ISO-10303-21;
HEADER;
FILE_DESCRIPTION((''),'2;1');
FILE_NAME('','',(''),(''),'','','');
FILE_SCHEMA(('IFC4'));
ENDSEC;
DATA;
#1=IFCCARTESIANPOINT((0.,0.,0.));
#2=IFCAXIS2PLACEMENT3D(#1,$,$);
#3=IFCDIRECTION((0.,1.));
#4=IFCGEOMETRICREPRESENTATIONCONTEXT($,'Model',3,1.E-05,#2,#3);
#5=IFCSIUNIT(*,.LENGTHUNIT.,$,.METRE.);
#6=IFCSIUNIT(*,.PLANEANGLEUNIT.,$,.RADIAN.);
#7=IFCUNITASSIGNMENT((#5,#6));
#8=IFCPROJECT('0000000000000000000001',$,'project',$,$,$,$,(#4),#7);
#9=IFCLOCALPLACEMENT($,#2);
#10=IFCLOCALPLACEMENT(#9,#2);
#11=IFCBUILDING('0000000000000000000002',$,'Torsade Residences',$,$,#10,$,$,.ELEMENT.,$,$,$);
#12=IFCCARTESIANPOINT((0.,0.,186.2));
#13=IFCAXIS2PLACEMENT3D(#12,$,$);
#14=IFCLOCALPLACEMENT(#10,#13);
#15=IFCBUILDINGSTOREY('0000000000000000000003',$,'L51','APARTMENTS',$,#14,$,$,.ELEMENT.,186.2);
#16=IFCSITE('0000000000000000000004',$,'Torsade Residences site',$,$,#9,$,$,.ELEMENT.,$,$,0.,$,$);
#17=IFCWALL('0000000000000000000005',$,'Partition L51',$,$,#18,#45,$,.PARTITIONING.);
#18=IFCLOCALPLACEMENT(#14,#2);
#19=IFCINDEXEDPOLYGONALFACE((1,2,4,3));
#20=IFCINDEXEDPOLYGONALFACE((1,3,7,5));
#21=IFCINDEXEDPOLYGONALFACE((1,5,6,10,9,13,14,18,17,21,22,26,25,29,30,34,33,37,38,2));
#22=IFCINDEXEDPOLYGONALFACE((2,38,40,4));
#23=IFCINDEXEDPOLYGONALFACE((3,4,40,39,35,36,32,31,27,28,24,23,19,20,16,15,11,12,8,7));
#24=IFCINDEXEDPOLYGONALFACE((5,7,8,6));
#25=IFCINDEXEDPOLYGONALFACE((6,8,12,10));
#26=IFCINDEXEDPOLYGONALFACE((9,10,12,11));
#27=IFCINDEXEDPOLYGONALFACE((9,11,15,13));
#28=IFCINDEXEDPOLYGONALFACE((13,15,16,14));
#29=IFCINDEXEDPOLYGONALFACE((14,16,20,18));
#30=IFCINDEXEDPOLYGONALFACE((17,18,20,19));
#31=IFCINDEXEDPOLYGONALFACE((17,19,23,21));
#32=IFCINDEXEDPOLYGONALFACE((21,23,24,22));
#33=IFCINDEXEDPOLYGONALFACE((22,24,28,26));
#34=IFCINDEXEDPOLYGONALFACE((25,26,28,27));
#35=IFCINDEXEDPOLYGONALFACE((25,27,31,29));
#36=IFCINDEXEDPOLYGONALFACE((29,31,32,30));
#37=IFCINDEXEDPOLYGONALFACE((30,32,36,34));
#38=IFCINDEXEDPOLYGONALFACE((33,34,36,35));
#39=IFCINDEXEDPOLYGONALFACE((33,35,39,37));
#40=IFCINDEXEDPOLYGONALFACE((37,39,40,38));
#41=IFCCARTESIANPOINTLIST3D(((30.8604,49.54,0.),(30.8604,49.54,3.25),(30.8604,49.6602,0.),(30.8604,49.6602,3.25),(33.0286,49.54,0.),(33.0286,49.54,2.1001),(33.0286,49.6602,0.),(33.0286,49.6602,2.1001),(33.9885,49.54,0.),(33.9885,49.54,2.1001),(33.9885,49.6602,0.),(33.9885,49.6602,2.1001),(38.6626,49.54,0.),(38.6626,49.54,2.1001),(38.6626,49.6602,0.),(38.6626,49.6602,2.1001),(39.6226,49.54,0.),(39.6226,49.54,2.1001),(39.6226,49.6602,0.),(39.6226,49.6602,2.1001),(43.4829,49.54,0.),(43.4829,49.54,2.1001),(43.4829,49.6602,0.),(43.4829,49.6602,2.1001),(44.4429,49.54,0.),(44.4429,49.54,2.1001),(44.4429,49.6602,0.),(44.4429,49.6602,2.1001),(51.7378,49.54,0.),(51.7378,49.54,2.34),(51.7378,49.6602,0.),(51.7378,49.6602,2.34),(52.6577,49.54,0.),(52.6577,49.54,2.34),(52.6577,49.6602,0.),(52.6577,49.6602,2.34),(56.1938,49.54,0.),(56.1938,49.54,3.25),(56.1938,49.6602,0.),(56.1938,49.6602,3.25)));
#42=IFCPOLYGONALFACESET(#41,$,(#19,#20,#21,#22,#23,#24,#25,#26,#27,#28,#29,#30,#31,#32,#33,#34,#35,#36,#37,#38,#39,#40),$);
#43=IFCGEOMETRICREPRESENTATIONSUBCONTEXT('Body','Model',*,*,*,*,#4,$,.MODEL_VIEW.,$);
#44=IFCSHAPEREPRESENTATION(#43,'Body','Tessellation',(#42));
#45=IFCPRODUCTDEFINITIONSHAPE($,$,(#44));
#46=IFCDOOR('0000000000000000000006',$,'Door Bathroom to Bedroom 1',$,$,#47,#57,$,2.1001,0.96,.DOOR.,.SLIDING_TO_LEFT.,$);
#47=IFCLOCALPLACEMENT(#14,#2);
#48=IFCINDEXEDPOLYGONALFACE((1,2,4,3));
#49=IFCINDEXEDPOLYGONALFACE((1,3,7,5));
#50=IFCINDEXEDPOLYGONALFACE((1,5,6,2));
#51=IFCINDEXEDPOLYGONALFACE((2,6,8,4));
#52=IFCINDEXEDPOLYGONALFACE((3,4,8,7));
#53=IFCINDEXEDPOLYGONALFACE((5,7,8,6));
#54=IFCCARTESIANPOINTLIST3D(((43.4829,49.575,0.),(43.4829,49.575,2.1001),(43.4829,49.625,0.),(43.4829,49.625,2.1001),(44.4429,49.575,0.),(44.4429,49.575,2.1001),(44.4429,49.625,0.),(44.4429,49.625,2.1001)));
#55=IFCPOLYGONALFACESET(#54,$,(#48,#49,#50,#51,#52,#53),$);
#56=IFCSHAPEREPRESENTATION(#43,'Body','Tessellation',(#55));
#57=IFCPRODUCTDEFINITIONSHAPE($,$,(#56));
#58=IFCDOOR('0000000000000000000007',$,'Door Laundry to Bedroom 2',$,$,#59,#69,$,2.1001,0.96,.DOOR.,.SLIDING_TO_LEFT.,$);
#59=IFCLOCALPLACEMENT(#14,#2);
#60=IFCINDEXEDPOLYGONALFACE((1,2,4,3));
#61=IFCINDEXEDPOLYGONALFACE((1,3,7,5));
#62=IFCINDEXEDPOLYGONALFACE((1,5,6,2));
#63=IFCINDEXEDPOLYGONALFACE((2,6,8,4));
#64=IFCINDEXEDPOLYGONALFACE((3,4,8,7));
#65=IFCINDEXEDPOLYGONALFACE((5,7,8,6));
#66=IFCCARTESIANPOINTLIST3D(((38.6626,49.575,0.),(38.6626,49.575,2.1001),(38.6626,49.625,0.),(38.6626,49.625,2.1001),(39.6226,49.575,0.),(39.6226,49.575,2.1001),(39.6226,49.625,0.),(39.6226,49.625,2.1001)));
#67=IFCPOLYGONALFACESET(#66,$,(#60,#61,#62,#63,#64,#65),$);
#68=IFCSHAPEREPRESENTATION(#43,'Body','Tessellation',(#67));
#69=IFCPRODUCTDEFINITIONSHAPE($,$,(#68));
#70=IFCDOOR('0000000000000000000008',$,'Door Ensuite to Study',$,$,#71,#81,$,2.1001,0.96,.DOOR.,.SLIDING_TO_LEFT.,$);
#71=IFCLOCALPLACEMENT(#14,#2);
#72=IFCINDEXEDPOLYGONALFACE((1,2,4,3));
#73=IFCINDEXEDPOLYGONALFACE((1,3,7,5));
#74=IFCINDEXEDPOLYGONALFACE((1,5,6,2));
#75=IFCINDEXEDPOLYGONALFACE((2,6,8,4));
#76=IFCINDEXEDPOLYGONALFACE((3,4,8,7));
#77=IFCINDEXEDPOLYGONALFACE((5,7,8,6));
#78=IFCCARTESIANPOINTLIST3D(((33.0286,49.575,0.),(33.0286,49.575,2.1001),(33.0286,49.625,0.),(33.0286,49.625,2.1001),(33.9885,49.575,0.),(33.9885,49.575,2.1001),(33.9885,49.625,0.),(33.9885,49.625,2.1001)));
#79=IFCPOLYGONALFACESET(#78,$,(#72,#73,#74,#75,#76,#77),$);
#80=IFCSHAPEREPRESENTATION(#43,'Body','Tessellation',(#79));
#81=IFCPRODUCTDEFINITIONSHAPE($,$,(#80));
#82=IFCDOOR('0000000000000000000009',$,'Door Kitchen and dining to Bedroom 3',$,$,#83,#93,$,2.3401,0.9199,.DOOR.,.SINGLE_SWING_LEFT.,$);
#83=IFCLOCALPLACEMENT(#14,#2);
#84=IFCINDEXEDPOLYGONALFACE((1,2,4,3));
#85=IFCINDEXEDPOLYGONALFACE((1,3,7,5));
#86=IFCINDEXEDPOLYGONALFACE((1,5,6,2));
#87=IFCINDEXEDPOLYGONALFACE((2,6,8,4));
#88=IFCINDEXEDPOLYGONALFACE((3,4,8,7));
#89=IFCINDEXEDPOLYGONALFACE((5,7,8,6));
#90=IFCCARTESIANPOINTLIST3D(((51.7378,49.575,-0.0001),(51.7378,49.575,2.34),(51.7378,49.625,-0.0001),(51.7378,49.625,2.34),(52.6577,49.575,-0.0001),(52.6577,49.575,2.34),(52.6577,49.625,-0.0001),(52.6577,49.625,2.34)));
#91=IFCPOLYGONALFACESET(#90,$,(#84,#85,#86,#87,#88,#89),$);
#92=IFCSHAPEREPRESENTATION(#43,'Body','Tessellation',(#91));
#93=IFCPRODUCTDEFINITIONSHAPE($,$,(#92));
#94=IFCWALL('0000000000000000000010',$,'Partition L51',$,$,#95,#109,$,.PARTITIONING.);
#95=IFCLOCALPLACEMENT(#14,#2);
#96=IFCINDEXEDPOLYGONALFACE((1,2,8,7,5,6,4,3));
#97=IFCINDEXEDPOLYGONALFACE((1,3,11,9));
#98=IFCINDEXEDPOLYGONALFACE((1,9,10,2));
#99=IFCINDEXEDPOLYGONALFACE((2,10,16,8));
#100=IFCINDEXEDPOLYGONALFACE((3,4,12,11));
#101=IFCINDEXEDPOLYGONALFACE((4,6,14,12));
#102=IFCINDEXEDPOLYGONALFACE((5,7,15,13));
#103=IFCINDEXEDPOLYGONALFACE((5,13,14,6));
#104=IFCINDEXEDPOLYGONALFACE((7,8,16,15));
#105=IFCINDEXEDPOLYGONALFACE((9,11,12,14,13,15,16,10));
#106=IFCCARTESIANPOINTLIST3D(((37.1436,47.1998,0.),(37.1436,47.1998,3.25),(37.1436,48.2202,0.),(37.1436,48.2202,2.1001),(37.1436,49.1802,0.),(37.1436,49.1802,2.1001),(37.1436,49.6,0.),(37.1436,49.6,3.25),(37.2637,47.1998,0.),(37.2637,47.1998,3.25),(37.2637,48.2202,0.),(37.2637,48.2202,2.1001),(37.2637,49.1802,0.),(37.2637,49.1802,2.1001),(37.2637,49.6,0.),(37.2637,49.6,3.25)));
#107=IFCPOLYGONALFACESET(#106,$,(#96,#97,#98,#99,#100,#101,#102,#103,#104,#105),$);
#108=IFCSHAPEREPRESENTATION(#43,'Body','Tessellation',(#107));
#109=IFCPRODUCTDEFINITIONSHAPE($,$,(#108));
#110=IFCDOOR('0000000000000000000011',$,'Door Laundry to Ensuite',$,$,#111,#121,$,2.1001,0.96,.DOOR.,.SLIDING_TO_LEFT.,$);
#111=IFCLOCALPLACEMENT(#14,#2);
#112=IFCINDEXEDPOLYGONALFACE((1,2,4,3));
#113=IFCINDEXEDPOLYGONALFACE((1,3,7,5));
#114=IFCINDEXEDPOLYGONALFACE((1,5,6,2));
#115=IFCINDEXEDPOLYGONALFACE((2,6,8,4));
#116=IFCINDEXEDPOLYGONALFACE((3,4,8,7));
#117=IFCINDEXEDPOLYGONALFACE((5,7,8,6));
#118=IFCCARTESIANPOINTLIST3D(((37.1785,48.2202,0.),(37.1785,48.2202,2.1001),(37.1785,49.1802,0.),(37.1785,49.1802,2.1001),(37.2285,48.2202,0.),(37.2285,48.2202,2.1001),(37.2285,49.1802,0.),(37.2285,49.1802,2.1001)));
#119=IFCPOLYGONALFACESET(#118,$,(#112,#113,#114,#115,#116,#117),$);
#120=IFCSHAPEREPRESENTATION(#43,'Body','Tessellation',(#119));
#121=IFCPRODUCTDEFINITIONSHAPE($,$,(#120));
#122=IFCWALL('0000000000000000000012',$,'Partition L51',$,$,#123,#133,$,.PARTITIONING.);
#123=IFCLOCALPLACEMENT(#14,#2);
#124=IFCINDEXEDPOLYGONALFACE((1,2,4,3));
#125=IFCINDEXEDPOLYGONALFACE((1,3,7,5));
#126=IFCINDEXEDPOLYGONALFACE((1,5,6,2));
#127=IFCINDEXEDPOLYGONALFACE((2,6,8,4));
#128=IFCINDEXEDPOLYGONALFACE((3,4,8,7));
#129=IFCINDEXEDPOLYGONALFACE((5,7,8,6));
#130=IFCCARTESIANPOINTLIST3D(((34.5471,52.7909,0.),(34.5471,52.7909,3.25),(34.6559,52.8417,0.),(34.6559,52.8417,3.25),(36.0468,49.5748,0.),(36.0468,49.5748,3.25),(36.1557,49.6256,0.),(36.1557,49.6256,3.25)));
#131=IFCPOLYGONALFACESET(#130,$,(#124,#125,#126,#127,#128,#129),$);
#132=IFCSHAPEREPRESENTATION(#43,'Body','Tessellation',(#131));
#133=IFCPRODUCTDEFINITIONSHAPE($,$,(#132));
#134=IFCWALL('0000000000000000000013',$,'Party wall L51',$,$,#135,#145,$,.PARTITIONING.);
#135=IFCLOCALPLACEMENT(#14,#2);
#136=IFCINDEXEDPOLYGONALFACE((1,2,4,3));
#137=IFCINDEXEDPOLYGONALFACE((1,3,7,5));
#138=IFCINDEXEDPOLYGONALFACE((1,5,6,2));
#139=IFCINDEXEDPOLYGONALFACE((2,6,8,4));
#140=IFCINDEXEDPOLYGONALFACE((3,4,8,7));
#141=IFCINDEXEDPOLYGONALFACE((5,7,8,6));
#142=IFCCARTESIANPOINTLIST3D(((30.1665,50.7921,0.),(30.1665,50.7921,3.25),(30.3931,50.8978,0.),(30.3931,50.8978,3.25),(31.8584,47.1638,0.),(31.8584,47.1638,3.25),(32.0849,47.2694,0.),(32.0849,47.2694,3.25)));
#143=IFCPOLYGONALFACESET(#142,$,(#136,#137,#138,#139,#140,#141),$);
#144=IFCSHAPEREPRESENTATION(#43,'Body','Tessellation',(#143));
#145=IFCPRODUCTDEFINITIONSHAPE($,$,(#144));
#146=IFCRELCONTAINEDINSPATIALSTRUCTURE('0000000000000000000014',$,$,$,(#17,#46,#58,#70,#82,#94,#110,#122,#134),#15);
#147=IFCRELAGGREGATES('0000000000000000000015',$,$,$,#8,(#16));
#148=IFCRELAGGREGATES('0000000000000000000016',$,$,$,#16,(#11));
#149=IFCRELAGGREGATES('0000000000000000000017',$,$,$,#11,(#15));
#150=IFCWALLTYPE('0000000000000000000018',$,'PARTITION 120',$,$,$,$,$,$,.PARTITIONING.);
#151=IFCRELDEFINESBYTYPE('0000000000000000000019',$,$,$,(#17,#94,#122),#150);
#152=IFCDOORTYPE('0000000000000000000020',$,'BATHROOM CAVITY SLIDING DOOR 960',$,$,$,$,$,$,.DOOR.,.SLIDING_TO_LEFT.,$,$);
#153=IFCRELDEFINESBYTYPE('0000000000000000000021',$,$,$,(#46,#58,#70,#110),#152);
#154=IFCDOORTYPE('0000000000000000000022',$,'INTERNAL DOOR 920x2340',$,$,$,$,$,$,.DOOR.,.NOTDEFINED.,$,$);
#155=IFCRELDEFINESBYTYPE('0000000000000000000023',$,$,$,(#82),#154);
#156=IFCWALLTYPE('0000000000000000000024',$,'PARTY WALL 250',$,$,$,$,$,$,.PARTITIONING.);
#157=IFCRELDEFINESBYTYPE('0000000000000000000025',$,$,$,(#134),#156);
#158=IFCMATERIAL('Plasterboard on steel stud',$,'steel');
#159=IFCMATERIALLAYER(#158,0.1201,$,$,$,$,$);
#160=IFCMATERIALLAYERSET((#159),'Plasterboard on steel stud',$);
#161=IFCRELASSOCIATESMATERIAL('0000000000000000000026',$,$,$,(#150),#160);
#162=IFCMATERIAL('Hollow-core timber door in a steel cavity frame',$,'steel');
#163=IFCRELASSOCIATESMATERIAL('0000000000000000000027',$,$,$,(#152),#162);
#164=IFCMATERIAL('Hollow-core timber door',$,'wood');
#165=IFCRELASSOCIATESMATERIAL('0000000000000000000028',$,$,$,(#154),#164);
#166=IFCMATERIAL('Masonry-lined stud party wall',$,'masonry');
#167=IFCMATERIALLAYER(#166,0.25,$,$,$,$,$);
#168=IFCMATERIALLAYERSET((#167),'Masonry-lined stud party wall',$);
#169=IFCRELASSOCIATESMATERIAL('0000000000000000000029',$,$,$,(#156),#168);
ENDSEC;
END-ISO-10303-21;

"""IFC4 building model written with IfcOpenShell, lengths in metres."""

from ifc_helpers import new_model, si_unit, direction, frame, frame_2d, origin, place, context, subcontext, project, spatial, rectangle, extrude, material, layer, layer_set, type_object, element, fill, save


model = new_model("IFC4")

# Units and contexts
model_context = context("Model", 3, precision=1e-05, world=origin(), true_north=direction((0.0, 1.0)))
body_context = subcontext(model_context, "Body", "Model", "MODEL_VIEW")
ifc_project = project(units=[si_unit("LENGTHUNIT", "METRE"), si_unit("PLANEANGLEUNIT", "RADIAN")], contexts=[model_context])

# Site, building, storey
site_placement = place(None, origin())
site = spatial("IfcSite", under=ifc_project, at=site_placement, Name="Torsade Residences site", CompositionType="ELEMENT", RefElevation=0.0)
building_placement = place(site_placement, origin())
building = spatial("IfcBuilding", under=site, at=building_placement, Name="Torsade Residences", CompositionType="ELEMENT")
storey_placement = place(building_placement, frame((0.0, 0.0, 186.2)))
storey = spatial("IfcBuildingStorey", under=building, at=storey_placement, Name="L51", Description="APARTMENTS", CompositionType="ELEMENT", Elevation=186.2)

# Wall, openings, doors
ifc_material_1 = material(Name="Plasterboard on steel stud", Category="steel")
ifc_layer_1 = layer(ifc_material_1, 0.1201)
ifc_layer_set_1 = layer_set([ifc_layer_1], Name="Plasterboard on steel stud")
wall_type_1 = type_object("IfcWallType", Name="PARTITION 120", PredefinedType="PARTITIONING", material=ifc_layer_set_1)
wall_1_placement = place(storey_placement, frame((30.8604, 49.6001, 0.0), z_axis=(0.0, 0.0, 1.0), x_axis=(1.0, 0.0, 0.0)))
wall_1 = element("IfcWall", 1, at=wall_1_placement, inside=storey, type_object=wall_type_1, Name="Partition L51", PredefinedType="PARTITIONING", context=body_context, shape_type="SweptSolid", body=[
    extrude(rectangle(XDim=25.3335, YDim=0.1201, at=frame_2d((12.6667, 0.0))), origin(), (0.0, 0.0, 1.0), 3.25),
])
opening_1_placement = place(wall_1_placement, frame((20.8774, 0.0, 0.0)))
opening_1 = element("IfcOpeningElement", 2, at=opening_1_placement, cuts=wall_1, PredefinedType="OPENING", context=body_context, shape_type="SweptSolid", body=[
    extrude(rectangle(XDim=0.9199, YDim=2.3401, at=frame_2d((0.46, 1.1699))), frame((0.0, 0.0701, 0.0), z_axis=(0.0, -1.0, 0.0), x_axis=(1.0, 0.0, 0.0)), (0.0, 0.0, 1.0), 0.1401),
])
opening_2_placement = place(wall_1_placement, frame((12.6226, 0.0, 0.0)))
opening_2 = element("IfcOpeningElement", 3, at=opening_2_placement, cuts=wall_1, PredefinedType="OPENING", context=body_context, shape_type="SweptSolid", body=[
    extrude(rectangle(XDim=0.96, YDim=2.1001, at=frame_2d((0.48, 1.05))), frame((0.0, 0.0701, 0.0), z_axis=(0.0, -1.0, 0.0), x_axis=(1.0, 0.0, 0.0)), (0.0, 0.0, 1.0), 0.1401),
])
opening_3_placement = place(wall_1_placement, frame((7.8022, 0.0, 0.0)))
opening_3 = element("IfcOpeningElement", 4, at=opening_3_placement, cuts=wall_1, PredefinedType="OPENING", context=body_context, shape_type="SweptSolid", body=[
    extrude(rectangle(XDim=0.96, YDim=2.1001, at=frame_2d((0.48, 1.05))), frame((0.0, 0.0701, 0.0), z_axis=(0.0, -1.0, 0.0), x_axis=(1.0, 0.0, 0.0)), (0.0, 0.0, 1.0), 0.1401),
])
opening_4_placement = place(wall_1_placement, frame((2.1682, 0.0, 0.0)))
opening_4 = element("IfcOpeningElement", 5, at=opening_4_placement, cuts=wall_1, PredefinedType="OPENING", context=body_context, shape_type="SweptSolid", body=[
    extrude(rectangle(XDim=0.96, YDim=2.1001, at=frame_2d((0.48, 1.05))), frame((0.0, 0.0701, 0.0), z_axis=(0.0, -1.0, 0.0), x_axis=(1.0, 0.0, 0.0)), (0.0, 0.0, 1.0), 0.1401),
])
ifc_material_2 = material(Name="Hollow-core timber door in a steel cavity frame", Category="steel")
door_type_1 = type_object("IfcDoorType", Name="BATHROOM CAVITY SLIDING DOOR 960", OperationType="SLIDING_TO_LEFT", PredefinedType="DOOR", material=ifc_material_2)
door_1_placement = place(opening_2_placement, origin())
door_1 = element("IfcDoor", 6, at=door_1_placement, inside=storey, type_object=door_type_1, Name="Door Bathroom to Bedroom 1", OperationType="SLIDING_TO_LEFT", OverallHeight=2.1001, OverallWidth=0.96, PredefinedType="DOOR", context=body_context, shape_type="SweptSolid", body=[
    extrude(rectangle(XDim=0.96, YDim=2.1001, at=frame_2d((0.48, 1.05))), frame((0.0, 0.0249, 0.0), z_axis=(0.0, -1.0, 0.0), x_axis=(1.0, 0.0, 0.0)), (0.0, 0.0, 1.0), 0.05),
])
fill(opening_2, door_1)
door_2_placement = place(opening_3_placement, origin())
door_2 = element("IfcDoor", 7, at=door_2_placement, inside=storey, type_object=door_type_1, Name="Door Laundry to Bedroom 2", OperationType="SLIDING_TO_LEFT", OverallHeight=2.1001, OverallWidth=0.96, PredefinedType="DOOR", context=body_context, shape_type="SweptSolid", body=[
    extrude(rectangle(XDim=0.96, YDim=2.1001, at=frame_2d((0.48, 1.05))), frame((0.0, 0.0249, 0.0), z_axis=(0.0, -1.0, 0.0), x_axis=(1.0, 0.0, 0.0)), (0.0, 0.0, 1.0), 0.05),
])
fill(opening_3, door_2)
door_3_placement = place(opening_4_placement, origin())
door_3 = element("IfcDoor", 8, at=door_3_placement, inside=storey, type_object=door_type_1, Name="Door Ensuite to Study", OperationType="SLIDING_TO_LEFT", OverallHeight=2.1001, OverallWidth=0.96, PredefinedType="DOOR", context=body_context, shape_type="SweptSolid", body=[
    extrude(rectangle(XDim=0.96, YDim=2.1001, at=frame_2d((0.48, 1.05))), frame((0.0, 0.0249, 0.0), z_axis=(0.0, -1.0, 0.0), x_axis=(1.0, 0.0, 0.0)), (0.0, 0.0, 1.0), 0.05),
])
fill(opening_4, door_3)
ifc_material_3 = material(Name="Hollow-core timber door", Category="wood")
door_type_2 = type_object("IfcDoorType", Name="INTERNAL DOOR 920x2340", OperationType="NOTDEFINED", PredefinedType="DOOR", material=ifc_material_3)
door_4_placement = place(opening_1_placement, origin())
door_4 = element("IfcDoor", 9, at=door_4_placement, inside=storey, type_object=door_type_2, Name="Door Kitchen and dining to Bedroom 3", OperationType="SINGLE_SWING_LEFT", OverallHeight=2.3401, OverallWidth=0.9199, PredefinedType="DOOR", context=body_context, shape_type="SweptSolid", body=[
    extrude(rectangle(XDim=0.9199, YDim=2.3401, at=frame_2d((0.46, 1.1699))), frame((0.0, 0.0249, 0.0), z_axis=(0.0, -1.0, 0.0), x_axis=(1.0, 0.0, 0.0)), (0.0, 0.0, 1.0), 0.05),
])
fill(opening_1, door_4)

# Wall, opening, door
wall_2_placement = place(storey_placement, frame((37.2036, 49.6001, 0.0), z_axis=(0.0, 0.0, 1.0), x_axis=(0.0, -1.0, 0.0)))
wall_2 = element("IfcWall", 10, at=wall_2_placement, inside=storey, type_object=wall_type_1, Name="Partition L51", PredefinedType="PARTITIONING", context=body_context, shape_type="SweptSolid", body=[
    extrude(rectangle(XDim=2.4001, YDim=0.1201, at=frame_2d((1.2002, 0.0))), origin(), (0.0, 0.0, 1.0), 3.25),
])
opening_5_placement = place(wall_2_placement, frame((0.4199, 0.0, 0.0)))
opening_5 = element("IfcOpeningElement", 11, at=opening_5_placement, cuts=wall_2, PredefinedType="OPENING", context=body_context, shape_type="SweptSolid", body=[
    extrude(rectangle(XDim=0.96, YDim=2.1001, at=frame_2d((0.48, 1.05))), frame((0.0, 0.0701, 0.0), z_axis=(0.0, -1.0, 0.0), x_axis=(1.0, 0.0, 0.0)), (0.0, 0.0, 1.0), 0.1401),
])
door_5_placement = place(opening_5_placement, origin())
door_5 = element("IfcDoor", 12, at=door_5_placement, inside=storey, type_object=door_type_1, Name="Door Laundry to Ensuite", OperationType="SLIDING_TO_LEFT", OverallHeight=2.1001, OverallWidth=0.96, PredefinedType="DOOR", context=body_context, shape_type="SweptSolid", body=[
    extrude(rectangle(XDim=0.96, YDim=2.1001, at=frame_2d((0.48, 1.05))), frame((0.0, 0.0249, 0.0), z_axis=(0.0, -1.0, 0.0), x_axis=(1.0, 0.0, 0.0)), (0.0, 0.0, 1.0), 0.05),
])
fill(opening_5, door_5)

# Walls
wall_3_placement = place(storey_placement, frame((36.1013, 49.6001, 0.0), z_axis=(0.0, 0.0, 1.0), x_axis=(-0.422637, 0.906299, 0.0)))
element("IfcWall", 13, at=wall_3_placement, inside=storey, type_object=wall_type_1, Name="Partition L51", PredefinedType="PARTITIONING", context=body_context, shape_type="SweptSolid", body=[
    extrude(rectangle(XDim=3.5486, YDim=0.1201, at=frame_2d((1.7744, 0.0))), origin(), (0.0, 0.0, 1.0), 3.25),
])
ifc_material_4 = material(Name="Masonry-lined stud party wall", Category="masonry")
ifc_layer_2 = layer(ifc_material_4, 0.25)
ifc_layer_set_2 = layer_set([ifc_layer_2], Name="Masonry-lined stud party wall")
wall_type_2 = type_object("IfcWallType", Name="PARTY WALL 250", PredefinedType="PARTITIONING", material=ifc_layer_set_2)
wall_4_placement = place(storey_placement, frame((30.2798, 50.845, 0.0), z_axis=(0.0, 0.0, 1.0), x_axis=(0.422605, -0.906314, 0.0)))
element("IfcWall", 14, at=wall_4_placement, inside=storey, type_object=wall_type_2, Name="Party wall L51", PredefinedType="PARTITIONING", context=body_context, shape_type="SweptSolid", body=[
    extrude(rectangle(XDim=4.0034, YDim=0.25, at=frame_2d((2.0017, 0.0))), origin(), (0.0, 0.0, 1.0), 3.25),
])

save(model, "model.ifc")
